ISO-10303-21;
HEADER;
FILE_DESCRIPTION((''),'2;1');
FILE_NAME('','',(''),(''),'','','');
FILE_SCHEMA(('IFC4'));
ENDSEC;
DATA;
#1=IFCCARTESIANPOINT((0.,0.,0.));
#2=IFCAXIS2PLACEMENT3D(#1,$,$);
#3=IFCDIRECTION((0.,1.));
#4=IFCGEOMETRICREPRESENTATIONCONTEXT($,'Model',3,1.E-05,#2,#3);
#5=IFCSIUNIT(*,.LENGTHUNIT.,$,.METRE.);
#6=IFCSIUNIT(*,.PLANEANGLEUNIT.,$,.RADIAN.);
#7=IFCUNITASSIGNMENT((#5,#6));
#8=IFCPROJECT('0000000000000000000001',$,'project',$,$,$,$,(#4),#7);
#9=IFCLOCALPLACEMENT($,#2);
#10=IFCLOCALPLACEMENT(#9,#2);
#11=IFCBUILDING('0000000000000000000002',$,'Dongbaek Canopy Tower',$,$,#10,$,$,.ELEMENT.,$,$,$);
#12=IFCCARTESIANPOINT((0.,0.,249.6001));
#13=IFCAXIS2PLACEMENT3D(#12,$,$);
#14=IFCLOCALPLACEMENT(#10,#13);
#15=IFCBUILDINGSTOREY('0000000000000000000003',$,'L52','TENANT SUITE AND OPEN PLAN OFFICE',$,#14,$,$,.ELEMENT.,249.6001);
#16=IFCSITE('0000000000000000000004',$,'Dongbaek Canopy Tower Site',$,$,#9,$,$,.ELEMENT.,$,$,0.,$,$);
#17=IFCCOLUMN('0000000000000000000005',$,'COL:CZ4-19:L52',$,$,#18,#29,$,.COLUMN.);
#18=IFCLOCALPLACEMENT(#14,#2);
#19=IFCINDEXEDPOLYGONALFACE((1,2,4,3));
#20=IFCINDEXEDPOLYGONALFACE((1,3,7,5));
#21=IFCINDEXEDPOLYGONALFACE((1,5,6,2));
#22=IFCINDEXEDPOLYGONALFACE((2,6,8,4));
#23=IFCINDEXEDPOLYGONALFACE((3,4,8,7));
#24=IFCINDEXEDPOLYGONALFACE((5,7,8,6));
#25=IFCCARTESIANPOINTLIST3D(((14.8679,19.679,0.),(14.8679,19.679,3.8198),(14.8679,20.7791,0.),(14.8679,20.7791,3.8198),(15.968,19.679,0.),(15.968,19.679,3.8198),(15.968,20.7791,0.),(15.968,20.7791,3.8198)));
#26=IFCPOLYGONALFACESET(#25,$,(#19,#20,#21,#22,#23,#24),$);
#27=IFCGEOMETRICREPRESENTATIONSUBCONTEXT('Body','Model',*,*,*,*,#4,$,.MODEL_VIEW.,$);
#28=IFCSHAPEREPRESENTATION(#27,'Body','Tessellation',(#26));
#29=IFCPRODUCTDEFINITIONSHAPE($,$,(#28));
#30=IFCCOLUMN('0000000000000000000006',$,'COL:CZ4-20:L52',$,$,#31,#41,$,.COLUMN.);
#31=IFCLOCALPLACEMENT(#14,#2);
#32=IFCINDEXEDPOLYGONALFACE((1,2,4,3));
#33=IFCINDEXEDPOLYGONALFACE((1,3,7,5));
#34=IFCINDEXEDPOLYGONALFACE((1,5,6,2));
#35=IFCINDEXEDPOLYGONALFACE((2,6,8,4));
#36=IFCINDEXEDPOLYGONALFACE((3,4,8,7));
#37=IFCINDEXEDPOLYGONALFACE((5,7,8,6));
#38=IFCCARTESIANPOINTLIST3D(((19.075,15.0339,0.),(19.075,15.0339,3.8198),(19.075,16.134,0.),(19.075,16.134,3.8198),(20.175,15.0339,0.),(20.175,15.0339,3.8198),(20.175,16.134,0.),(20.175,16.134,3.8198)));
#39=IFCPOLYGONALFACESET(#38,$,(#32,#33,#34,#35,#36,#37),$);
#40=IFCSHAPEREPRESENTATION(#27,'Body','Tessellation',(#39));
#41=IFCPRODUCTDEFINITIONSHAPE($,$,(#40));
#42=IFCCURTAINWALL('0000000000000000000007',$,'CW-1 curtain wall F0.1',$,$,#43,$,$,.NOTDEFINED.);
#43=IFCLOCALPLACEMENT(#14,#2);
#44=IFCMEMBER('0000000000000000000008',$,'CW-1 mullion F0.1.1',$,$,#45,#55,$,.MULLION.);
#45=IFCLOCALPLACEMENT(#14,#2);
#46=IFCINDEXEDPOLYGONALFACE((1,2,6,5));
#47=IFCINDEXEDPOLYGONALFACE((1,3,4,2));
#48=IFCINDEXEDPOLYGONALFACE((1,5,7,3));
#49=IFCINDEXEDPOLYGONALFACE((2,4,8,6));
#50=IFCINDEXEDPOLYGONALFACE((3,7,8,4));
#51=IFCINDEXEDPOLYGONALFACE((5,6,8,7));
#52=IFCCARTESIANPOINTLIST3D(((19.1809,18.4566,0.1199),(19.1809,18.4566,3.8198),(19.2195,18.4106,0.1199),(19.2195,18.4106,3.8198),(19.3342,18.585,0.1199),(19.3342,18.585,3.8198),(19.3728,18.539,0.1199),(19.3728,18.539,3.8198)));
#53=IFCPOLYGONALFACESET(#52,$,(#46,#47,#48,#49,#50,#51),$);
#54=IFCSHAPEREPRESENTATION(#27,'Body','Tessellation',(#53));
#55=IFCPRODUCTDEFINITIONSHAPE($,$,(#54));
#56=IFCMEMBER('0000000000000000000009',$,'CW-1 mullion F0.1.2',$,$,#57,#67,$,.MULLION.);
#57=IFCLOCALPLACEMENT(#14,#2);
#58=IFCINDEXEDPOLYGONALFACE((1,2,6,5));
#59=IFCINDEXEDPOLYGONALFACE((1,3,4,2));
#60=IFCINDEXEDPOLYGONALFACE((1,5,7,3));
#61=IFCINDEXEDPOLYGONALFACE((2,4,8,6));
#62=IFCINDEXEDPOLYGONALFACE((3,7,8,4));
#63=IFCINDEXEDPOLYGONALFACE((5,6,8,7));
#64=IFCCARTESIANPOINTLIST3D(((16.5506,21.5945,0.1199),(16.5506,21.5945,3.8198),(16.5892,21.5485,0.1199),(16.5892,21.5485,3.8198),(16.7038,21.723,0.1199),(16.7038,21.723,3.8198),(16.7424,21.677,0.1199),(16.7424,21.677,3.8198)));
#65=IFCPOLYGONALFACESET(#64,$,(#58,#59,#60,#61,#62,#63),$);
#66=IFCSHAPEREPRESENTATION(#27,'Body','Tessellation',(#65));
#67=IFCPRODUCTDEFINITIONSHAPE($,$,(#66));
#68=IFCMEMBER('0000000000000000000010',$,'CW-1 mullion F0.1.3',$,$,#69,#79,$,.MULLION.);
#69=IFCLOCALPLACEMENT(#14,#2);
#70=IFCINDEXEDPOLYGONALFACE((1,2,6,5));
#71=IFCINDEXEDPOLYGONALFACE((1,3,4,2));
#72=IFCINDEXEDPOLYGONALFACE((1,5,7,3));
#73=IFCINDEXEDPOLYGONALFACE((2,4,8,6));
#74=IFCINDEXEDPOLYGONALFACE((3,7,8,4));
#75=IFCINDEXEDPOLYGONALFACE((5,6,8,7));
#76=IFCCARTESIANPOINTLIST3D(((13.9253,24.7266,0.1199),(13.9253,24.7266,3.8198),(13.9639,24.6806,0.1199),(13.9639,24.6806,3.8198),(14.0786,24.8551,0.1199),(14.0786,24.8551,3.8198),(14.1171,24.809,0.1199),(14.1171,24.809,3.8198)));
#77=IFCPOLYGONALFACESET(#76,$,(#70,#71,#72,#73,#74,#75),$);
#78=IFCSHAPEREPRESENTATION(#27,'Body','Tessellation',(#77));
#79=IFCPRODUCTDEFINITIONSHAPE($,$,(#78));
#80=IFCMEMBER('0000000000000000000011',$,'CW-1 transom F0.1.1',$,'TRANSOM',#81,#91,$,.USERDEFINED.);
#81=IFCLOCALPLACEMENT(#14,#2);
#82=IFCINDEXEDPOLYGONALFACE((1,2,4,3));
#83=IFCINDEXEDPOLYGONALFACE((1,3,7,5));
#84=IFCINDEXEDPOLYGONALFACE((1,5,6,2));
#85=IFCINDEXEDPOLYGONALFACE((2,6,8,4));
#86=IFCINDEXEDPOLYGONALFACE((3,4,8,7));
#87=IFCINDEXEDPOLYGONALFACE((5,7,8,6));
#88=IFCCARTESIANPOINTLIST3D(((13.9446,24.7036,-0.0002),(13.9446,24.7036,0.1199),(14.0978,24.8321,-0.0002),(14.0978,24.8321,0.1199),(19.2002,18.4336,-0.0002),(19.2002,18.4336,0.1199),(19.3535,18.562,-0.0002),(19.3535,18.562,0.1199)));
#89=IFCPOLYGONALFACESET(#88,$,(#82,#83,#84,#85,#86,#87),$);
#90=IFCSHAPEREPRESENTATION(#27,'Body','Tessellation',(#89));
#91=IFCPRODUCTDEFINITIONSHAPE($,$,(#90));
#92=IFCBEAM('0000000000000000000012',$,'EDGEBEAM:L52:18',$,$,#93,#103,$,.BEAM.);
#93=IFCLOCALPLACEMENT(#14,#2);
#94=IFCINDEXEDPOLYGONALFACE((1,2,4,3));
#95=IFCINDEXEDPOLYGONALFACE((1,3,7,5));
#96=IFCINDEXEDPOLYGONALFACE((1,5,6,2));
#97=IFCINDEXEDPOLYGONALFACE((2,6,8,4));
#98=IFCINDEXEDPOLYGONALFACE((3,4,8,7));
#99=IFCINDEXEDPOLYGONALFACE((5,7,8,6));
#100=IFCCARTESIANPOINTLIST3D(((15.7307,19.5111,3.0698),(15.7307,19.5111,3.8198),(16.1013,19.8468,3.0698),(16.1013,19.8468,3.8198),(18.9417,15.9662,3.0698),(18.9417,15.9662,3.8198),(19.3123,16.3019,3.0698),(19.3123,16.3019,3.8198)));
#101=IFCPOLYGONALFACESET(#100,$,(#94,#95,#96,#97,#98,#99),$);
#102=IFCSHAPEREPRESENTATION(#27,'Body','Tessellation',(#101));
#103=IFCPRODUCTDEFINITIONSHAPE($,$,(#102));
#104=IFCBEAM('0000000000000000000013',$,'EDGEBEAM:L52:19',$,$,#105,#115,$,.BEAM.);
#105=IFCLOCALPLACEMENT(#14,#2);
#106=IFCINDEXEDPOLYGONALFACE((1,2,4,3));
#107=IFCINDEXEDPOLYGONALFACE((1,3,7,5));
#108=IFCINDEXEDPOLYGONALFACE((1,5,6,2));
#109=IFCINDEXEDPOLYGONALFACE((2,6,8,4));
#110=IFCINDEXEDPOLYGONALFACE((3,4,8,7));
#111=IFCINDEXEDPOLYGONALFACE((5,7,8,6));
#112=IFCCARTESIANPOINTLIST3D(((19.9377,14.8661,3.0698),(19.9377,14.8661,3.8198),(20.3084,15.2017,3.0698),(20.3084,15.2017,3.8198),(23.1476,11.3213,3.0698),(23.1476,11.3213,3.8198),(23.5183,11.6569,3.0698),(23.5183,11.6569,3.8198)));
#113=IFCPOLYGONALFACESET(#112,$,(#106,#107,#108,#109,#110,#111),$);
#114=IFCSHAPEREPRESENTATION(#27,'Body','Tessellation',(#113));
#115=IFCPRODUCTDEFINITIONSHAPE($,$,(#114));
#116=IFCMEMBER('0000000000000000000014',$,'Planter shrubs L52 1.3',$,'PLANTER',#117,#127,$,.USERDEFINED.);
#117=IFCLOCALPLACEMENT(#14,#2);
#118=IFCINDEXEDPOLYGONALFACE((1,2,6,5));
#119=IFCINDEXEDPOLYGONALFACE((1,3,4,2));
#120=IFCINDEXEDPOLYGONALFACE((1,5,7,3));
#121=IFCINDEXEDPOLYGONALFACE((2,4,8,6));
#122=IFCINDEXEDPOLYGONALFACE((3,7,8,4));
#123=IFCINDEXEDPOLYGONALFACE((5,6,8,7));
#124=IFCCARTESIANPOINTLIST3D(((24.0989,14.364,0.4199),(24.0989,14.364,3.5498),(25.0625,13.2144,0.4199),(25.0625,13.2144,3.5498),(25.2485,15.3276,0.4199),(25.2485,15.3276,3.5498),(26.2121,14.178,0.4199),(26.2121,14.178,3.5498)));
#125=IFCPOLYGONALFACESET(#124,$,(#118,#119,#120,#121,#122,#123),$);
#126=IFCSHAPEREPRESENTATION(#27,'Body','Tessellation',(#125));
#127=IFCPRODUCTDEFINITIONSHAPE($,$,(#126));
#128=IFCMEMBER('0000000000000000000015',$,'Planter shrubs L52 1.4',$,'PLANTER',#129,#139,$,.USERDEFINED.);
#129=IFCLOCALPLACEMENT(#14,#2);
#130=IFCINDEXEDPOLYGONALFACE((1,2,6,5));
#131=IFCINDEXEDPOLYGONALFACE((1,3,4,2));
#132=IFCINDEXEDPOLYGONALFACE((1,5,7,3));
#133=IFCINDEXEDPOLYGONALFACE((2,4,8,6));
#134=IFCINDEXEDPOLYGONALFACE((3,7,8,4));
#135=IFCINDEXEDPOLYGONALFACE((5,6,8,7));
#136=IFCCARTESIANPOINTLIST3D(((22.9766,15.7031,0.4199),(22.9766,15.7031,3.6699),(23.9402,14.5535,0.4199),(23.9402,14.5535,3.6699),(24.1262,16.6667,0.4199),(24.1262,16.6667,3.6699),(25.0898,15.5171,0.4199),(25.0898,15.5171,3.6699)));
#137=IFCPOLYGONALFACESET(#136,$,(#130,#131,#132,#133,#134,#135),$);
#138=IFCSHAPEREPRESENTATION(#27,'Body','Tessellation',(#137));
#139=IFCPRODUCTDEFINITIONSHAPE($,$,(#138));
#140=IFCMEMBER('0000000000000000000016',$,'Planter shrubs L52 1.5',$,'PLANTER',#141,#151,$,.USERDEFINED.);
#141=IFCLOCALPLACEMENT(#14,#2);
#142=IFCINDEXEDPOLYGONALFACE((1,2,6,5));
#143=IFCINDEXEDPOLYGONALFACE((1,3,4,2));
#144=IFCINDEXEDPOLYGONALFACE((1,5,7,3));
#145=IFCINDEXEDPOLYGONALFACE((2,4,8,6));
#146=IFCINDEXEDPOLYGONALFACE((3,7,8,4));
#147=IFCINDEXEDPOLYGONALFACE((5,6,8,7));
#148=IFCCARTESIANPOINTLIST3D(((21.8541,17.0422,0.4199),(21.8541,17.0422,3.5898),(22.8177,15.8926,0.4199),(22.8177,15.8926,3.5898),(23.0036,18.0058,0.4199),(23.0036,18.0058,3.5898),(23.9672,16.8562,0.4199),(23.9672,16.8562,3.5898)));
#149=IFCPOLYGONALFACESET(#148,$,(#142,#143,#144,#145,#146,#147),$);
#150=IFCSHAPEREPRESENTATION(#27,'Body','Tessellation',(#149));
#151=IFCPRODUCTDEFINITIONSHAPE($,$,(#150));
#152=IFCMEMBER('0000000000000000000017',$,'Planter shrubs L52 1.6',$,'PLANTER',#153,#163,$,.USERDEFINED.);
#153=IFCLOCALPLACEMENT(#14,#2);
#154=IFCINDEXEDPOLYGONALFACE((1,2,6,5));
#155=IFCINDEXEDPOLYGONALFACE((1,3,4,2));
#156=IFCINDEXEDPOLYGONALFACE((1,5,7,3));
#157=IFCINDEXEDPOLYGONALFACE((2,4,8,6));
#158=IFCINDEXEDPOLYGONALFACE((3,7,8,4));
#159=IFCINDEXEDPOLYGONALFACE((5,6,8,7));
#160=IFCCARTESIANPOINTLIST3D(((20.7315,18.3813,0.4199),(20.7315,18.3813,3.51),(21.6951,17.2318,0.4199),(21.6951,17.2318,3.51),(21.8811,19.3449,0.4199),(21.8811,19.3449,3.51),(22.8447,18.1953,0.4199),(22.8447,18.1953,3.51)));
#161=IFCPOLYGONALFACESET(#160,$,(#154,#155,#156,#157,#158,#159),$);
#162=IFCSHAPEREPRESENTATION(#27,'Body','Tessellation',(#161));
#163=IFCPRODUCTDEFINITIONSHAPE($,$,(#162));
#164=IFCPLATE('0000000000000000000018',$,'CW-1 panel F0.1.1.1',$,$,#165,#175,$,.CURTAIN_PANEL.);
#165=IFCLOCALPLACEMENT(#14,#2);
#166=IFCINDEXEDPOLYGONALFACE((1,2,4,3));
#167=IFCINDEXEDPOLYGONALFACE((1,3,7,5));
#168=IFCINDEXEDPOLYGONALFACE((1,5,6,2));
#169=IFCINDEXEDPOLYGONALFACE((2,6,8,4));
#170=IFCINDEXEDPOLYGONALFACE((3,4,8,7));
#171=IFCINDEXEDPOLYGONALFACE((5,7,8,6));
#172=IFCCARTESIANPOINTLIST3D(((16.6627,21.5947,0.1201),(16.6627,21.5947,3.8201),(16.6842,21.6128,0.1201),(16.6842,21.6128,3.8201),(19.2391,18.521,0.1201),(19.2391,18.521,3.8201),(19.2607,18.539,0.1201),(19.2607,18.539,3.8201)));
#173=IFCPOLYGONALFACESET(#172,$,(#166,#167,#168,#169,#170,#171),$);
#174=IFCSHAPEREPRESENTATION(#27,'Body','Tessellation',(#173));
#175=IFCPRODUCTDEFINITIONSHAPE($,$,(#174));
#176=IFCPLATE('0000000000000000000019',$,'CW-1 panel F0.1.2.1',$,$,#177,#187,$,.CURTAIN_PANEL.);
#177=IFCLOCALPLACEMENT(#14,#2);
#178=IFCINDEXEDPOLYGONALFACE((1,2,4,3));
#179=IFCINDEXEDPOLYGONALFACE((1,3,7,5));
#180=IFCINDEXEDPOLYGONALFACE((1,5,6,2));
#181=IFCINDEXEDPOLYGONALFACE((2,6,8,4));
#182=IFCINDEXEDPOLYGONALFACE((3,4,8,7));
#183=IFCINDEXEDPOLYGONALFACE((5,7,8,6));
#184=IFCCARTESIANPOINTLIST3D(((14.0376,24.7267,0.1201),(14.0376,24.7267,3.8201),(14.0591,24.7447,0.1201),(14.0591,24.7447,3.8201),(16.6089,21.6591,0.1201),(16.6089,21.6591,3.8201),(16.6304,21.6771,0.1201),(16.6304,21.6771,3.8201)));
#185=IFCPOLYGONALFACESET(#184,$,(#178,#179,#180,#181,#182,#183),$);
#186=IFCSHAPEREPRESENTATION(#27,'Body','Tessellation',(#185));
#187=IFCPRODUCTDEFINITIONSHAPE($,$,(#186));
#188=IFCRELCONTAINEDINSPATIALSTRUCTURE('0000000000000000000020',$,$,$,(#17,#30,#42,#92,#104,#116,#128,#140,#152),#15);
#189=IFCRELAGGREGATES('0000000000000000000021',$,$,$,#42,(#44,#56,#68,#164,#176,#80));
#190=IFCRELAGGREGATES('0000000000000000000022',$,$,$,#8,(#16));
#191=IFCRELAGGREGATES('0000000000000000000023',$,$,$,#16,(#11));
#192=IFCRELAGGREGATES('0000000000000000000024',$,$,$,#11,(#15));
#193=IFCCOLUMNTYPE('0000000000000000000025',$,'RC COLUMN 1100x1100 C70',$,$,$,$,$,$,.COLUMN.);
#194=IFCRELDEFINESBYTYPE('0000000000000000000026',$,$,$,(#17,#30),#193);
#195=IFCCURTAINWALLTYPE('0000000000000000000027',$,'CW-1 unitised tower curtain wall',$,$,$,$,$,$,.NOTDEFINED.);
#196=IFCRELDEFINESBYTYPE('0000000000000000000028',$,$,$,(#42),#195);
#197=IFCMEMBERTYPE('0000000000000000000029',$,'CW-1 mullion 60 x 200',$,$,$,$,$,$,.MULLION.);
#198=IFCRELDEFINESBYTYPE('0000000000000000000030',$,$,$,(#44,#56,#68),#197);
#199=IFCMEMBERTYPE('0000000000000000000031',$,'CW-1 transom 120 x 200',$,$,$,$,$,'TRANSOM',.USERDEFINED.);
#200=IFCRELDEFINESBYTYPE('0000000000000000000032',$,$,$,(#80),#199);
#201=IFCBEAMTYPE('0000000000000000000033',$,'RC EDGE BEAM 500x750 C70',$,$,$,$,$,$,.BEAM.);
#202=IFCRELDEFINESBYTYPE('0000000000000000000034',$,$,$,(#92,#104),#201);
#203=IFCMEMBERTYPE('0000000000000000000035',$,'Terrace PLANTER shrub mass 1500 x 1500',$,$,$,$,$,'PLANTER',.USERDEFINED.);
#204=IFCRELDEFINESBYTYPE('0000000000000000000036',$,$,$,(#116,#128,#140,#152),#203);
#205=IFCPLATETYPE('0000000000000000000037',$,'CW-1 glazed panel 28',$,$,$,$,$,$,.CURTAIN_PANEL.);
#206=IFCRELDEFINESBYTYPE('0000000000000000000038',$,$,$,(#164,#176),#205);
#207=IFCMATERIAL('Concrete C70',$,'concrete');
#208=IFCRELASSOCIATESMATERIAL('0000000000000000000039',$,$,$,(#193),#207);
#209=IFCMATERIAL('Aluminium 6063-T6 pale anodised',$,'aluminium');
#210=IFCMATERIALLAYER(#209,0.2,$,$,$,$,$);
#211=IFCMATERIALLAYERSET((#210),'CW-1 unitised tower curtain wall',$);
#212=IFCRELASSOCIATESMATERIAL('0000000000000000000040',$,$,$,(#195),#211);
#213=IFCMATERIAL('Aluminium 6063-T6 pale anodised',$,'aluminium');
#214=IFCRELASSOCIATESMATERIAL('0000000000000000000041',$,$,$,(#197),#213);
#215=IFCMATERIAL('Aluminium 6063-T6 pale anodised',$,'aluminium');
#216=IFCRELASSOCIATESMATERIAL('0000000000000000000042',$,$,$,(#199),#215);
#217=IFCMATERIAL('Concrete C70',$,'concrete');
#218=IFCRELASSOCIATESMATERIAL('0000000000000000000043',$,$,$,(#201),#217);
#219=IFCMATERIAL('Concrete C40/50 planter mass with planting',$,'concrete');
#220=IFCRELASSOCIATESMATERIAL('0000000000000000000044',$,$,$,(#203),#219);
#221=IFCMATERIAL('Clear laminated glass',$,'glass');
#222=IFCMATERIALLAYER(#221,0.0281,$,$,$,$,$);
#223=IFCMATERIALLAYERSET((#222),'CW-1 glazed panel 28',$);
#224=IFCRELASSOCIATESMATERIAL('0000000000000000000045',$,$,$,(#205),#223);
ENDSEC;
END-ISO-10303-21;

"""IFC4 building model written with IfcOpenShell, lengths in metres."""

from ifc_helpers import new_model, si_unit, direction, frame, origin, origin_2d, place, context, subcontext, project, spatial, rectangle, extrude, material, layer, layer_set, material_profile, profile_set, type_object, element, aggregate, save


model = new_model("IFC4")

# Units and contexts
model_context = context("Model", 3, precision=1e-05, world=origin(), true_north=direction((0.0, 1.0)))
body_context = subcontext(model_context, "Body", "Model", "MODEL_VIEW")
ifc_project = project(units=[si_unit("LENGTHUNIT", "METRE"), si_unit("PLANEANGLEUNIT", "RADIAN")], contexts=[model_context])

# Site, building, storey
site_placement = place(None, origin())
site = spatial("IfcSite", under=ifc_project, at=site_placement, Name="Dongbaek Canopy Tower Site", CompositionType="ELEMENT", RefElevation=0.0)
building_placement = place(site_placement, origin())
building = spatial("IfcBuilding", under=site, at=building_placement, Name="Dongbaek Canopy Tower", CompositionType="ELEMENT")
storey_placement = place(building_placement, frame((0.0, 0.0, 249.6001)))
storey = spatial("IfcBuildingStorey", under=building, at=storey_placement, Name="L52", Description="TENANT SUITE AND OPEN PLAN OFFICE", CompositionType="ELEMENT", Elevation=249.6001)

# Columns
ifc_material_1 = material(Name="Concrete C70", Category="concrete")
ifc_material_profile_1 = material_profile(ifc_material_1, rectangle(XDim=1.1001, YDim=1.1001, at=origin_2d()), Name="RC COLUMN 1100x1100 C70")
ifc_profile_set_1 = profile_set([ifc_material_profile_1], Name="Concrete C70")
column_type = type_object("IfcColumnType", Name="RC COLUMN 1100x1100 C70", PredefinedType="COLUMN", material=ifc_profile_set_1)
for number, where, z_axis, x_axis, name in (
    (1, (15.418, 20.229, 0.0), (0.0, 0.0, 1.0), (1.0, 0.0, 0.0), "COL:CZ4-19:L52"),
    (2, (19.625, 15.584, 0.0), (0.0, 0.0, 1.0), (1.0, 0.0, 0.0), "COL:CZ4-20:L52"),
):
    element("IfcColumn", number, at=place(storey_placement, frame(where, z_axis=z_axis, x_axis=x_axis)), inside=storey, type_object=column_type, Name=name, PredefinedType="COLUMN", context=body_context, shape_type="SweptSolid", body=[
        extrude(rectangle(XDim=1.1001, YDim=1.1001, at=origin_2d()), origin(), (0.0, 0.0, 1.0), 3.8198),
    ])

# Curtain wall, members
ifc_material_2 = material(Name="Aluminium 6063-T6 pale anodised", Category="aluminium")
ifc_layer_1 = layer(ifc_material_2, 0.2)
ifc_layer_set_1 = layer_set([ifc_layer_1], Name="CW-1 unitised tower curtain wall")
curtain_wall_type = type_object("IfcCurtainWallType", Name="CW-1 unitised tower curtain wall", PredefinedType="NOTDEFINED", material=ifc_layer_set_1)
curtain_wall_1_placement = place(storey_placement, origin())
curtain_wall_1 = element("IfcCurtainWall", 3, at=curtain_wall_1_placement, inside=storey, type_object=curtain_wall_type, Name="CW-1 curtain wall F0.1", PredefinedType="NOTDEFINED")
ifc_material_3 = material(Name="Aluminium 6063-T6 pale anodised", Category="aluminium")
ifc_material_profile_2 = material_profile(ifc_material_3, rectangle(XDim=0.2, YDim=0.0601, at=origin_2d()), Name="CW-1 mullion 60 x 200")
ifc_profile_set_2 = profile_set([ifc_material_profile_2], Name="Aluminium 6063-T6 pale anodised")
member_type_1 = type_object("IfcMemberType", Name="CW-1 mullion 60 x 200", PredefinedType="MULLION", material=ifc_profile_set_2)
member_1_placement = place(storey_placement, frame((19.2769, 18.4978, 0.1199), z_axis=(0.0, 0.0, 1.0), x_axis=(0.766375, 0.642393, 0.0)))
member_1 = element("IfcMember", 4, at=member_1_placement, type_object=member_type_1, Name="CW-1 mullion F0.1.1", PredefinedType="MULLION", context=body_context, shape_type="SweptSolid", body=[
    extrude(rectangle(XDim=0.2, YDim=0.0601, at=origin_2d()), origin(), (0.0, 0.0, 1.0), 3.7),
])
member_2_placement = place(storey_placement, frame((16.6465, 21.6357, 0.1199), z_axis=(0.0, 0.0, 1.0), x_axis=(0.766375, 0.642393, 0.0)))
member_2 = element("IfcMember", 5, at=member_2_placement, type_object=member_type_1, Name="CW-1 mullion F0.1.2", PredefinedType="MULLION", context=body_context, shape_type="SweptSolid", body=[
    extrude(rectangle(XDim=0.2, YDim=0.0601, at=origin_2d()), origin(), (0.0, 0.0, 1.0), 3.7),
])
member_3_placement = place(storey_placement, frame((14.0212, 24.7678, 0.1199), z_axis=(0.0, 0.0, 1.0), x_axis=(0.766375, 0.642393, 0.0)))
member_3 = element("IfcMember", 6, at=member_3_placement, type_object=member_type_1, Name="CW-1 mullion F0.1.3", PredefinedType="MULLION", context=body_context, shape_type="SweptSolid", body=[
    extrude(rectangle(XDim=0.2, YDim=0.0601, at=origin_2d()), origin(), (0.0, 0.0, 1.0), 3.7),
])
ifc_material_4 = material(Name="Aluminium 6063-T6 pale anodised", Category="aluminium")
ifc_material_profile_3 = material_profile(ifc_material_4, rectangle(XDim=0.2, YDim=0.1201, at=origin_2d()), Name="CW-1 transom 120 x 200")
ifc_profile_set_3 = profile_set([ifc_material_profile_3], Name="Aluminium 6063-T6 pale anodised")
member_type_2 = type_object("IfcMemberType", Name="CW-1 transom 120 x 200", ElementType="TRANSOM", PredefinedType="USERDEFINED", material=ifc_profile_set_3)
member_4_placement = place(storey_placement, frame((19.2769, 18.4978, 0.0598), z_axis=(-0.642389, 0.766379, 0.0), x_axis=(-0.766379, -0.642389, 0.0)))
member_4 = element("IfcMember", 7, at=member_4_placement, type_object=member_type_2, Name="CW-1 transom F0.1.1", ObjectType="TRANSOM", PredefinedType="USERDEFINED", context=body_context, shape_type="SweptSolid", body=[
    extrude(rectangle(XDim=0.2, YDim=0.1201, at=origin_2d()), origin(), (0.0, 0.0, 1.0), 8.1814),
])

# Beams
ifc_material_5 = material(Name="Concrete C70", Category="concrete")
ifc_material_profile_4 = material_profile(ifc_material_5, rectangle(XDim=0.5, YDim=0.75, at=origin_2d()), Name="RC EDGE BEAM 500x750 C70")
ifc_profile_set_4 = profile_set([ifc_material_profile_4], Name="Concrete C70")
beam_type = type_object("IfcBeamType", Name="RC EDGE BEAM 500x750 C70", PredefinedType="BEAM", material=ifc_profile_set_4)
beam_1_placement = place(storey_placement, frame((15.916, 19.679, 3.4448), z_axis=(0.67133, -0.741158, 0.0), x_axis=(0.741158, 0.67133, 0.0)))
element("IfcBeam", 8, at=beam_1_placement, inside=storey, type_object=beam_type, Name="EDGEBEAM:L52:18", PredefinedType="BEAM", context=body_context, shape_type="SweptSolid", body=[
    extrude(rectangle(XDim=0.5, YDim=0.75, at=origin_2d()), origin(), (0.0, 0.0, 1.0), 4.783),
])
beam_2_placement = place(storey_placement, frame((20.123, 15.0339, 3.4448), z_axis=(0.671218, -0.74126, 0.0), x_axis=(0.74126, 0.671218, 0.0)))
element("IfcBeam", 9, at=beam_2_placement, inside=storey, type_object=beam_type, Name="EDGEBEAM:L52:19", PredefinedType="BEAM", context=body_context, shape_type="SweptSolid", body=[
    extrude(rectangle(XDim=0.5, YDim=0.75, at=origin_2d()), origin(), (0.0, 0.0, 1.0), 4.7822),
])

# Members
ifc_material_6 = material(Name="Concrete C40/50 planter mass with planting", Category="concrete")
ifc_material_profile_5 = material_profile(ifc_material_6, rectangle(XDim=1.5, YDim=1.5, at=origin_2d()), Name="Terrace PLANTER shrub mass 1500 x 1500")
ifc_profile_set_5 = profile_set([ifc_material_profile_5], Name="Concrete C40/50 planter mass with planting")
member_type_3 = type_object("IfcMemberType", Name="Terrace PLANTER shrub mass 1500 x 1500", ElementType="PLANTER", PredefinedType="USERDEFINED", material=ifc_profile_set_5)
member_5_placement = place(storey_placement, frame((25.1555, 14.271, 0.4199), z_axis=(0.0, 0.0, 1.0), x_axis=(0.766375, 0.642393, 0.0)))
element("IfcMember", 10, at=member_5_placement, inside=storey, type_object=member_type_3, Name="Planter shrubs L52 1.3", ObjectType="PLANTER", PredefinedType="USERDEFINED", context=body_context, shape_type="SweptSolid", body=[
    extrude(rectangle(XDim=1.5, YDim=1.5, at=origin_2d()), origin(), (0.0, 0.0, 1.0), 3.1299),
])
member_6_placement = place(storey_placement, frame((24.0332, 15.6101, 0.4199), z_axis=(0.0, 0.0, 1.0), x_axis=(0.766375, 0.642393, 0.0)))
element("IfcMember", 11, at=member_6_placement, inside=storey, type_object=member_type_3, Name="Planter shrubs L52 1.4", ObjectType="PLANTER", PredefinedType="USERDEFINED", context=body_context, shape_type="SweptSolid", body=[
    extrude(rectangle(XDim=1.5, YDim=1.5, at=origin_2d()), origin(), (0.0, 0.0, 1.0), 3.25),
])
member_7_placement = place(storey_placement, frame((22.9106, 16.9492, 0.4199), z_axis=(0.0, 0.0, 1.0), x_axis=(0.766375, 0.642393, 0.0)))
element("IfcMember", 12, at=member_7_placement, inside=storey, type_object=member_type_3, Name="Planter shrubs L52 1.5", ObjectType="PLANTER", PredefinedType="USERDEFINED", context=body_context, shape_type="SweptSolid", body=[
    extrude(rectangle(XDim=1.5, YDim=1.5, at=origin_2d()), origin(), (0.0, 0.0, 1.0), 3.1699),
])
member_8_placement = place(storey_placement, frame((21.7881, 18.2883, 0.4199), z_axis=(0.0, 0.0, 1.0), x_axis=(0.766375, 0.642393, 0.0)))
element("IfcMember", 13, at=member_8_placement, inside=storey, type_object=member_type_3, Name="Planter shrubs L52 1.6", ObjectType="PLANTER", PredefinedType="USERDEFINED", context=body_context, shape_type="SweptSolid", body=[
    extrude(rectangle(XDim=1.5, YDim=1.5, at=origin_2d()), origin(), (0.0, 0.0, 1.0), 3.0901),
])

# Plates
ifc_material_7 = material(Name="Clear laminated glass", Category="glass")
ifc_layer_2 = layer(ifc_material_7, 0.0281)
ifc_layer_set_2 = layer_set([ifc_layer_2], Name="CW-1 glazed panel 28")
plate_type = type_object("IfcPlateType", Name="CW-1 glazed panel 28", PredefinedType="CURTAIN_PANEL", material=ifc_layer_set_2)
plate_1_placement = place(storey_placement, frame((17.9617, 20.0669, 0.1201), z_axis=(0.0, 0.0, 1.0), x_axis=(-0.642393, 0.766375, 0.0)))
plate_1 = element("IfcPlate", 14, at=plate_1_placement, type_object=plate_type, Name="CW-1 panel F0.1.1.1", PredefinedType="CURTAIN_PANEL", context=body_context, shape_type="SweptSolid", body=[
    extrude(rectangle(XDim=4.0107, YDim=0.0281, at=origin_2d()), origin(), (0.0, 0.0, 1.0), 3.7),
])
plate_2_placement = place(storey_placement, frame((15.334, 23.2019, 0.1201), z_axis=(0.0, 0.0, 1.0), x_axis=(-0.642393, 0.766375, 0.0)))
plate_2 = element("IfcPlate", 15, at=plate_2_placement, type_object=plate_type, Name="CW-1 panel F0.1.2.1", PredefinedType="CURTAIN_PANEL", context=body_context, shape_type="SweptSolid", body=[
    extrude(rectangle(XDim=4.0027, YDim=0.0281, at=origin_2d()), origin(), (0.0, 0.0, 1.0), 3.7),
])

aggregate(curtain_wall_1, [member_1, member_2, member_3, plate_1, plate_2, member_4])

save(model, "model.ifc")
